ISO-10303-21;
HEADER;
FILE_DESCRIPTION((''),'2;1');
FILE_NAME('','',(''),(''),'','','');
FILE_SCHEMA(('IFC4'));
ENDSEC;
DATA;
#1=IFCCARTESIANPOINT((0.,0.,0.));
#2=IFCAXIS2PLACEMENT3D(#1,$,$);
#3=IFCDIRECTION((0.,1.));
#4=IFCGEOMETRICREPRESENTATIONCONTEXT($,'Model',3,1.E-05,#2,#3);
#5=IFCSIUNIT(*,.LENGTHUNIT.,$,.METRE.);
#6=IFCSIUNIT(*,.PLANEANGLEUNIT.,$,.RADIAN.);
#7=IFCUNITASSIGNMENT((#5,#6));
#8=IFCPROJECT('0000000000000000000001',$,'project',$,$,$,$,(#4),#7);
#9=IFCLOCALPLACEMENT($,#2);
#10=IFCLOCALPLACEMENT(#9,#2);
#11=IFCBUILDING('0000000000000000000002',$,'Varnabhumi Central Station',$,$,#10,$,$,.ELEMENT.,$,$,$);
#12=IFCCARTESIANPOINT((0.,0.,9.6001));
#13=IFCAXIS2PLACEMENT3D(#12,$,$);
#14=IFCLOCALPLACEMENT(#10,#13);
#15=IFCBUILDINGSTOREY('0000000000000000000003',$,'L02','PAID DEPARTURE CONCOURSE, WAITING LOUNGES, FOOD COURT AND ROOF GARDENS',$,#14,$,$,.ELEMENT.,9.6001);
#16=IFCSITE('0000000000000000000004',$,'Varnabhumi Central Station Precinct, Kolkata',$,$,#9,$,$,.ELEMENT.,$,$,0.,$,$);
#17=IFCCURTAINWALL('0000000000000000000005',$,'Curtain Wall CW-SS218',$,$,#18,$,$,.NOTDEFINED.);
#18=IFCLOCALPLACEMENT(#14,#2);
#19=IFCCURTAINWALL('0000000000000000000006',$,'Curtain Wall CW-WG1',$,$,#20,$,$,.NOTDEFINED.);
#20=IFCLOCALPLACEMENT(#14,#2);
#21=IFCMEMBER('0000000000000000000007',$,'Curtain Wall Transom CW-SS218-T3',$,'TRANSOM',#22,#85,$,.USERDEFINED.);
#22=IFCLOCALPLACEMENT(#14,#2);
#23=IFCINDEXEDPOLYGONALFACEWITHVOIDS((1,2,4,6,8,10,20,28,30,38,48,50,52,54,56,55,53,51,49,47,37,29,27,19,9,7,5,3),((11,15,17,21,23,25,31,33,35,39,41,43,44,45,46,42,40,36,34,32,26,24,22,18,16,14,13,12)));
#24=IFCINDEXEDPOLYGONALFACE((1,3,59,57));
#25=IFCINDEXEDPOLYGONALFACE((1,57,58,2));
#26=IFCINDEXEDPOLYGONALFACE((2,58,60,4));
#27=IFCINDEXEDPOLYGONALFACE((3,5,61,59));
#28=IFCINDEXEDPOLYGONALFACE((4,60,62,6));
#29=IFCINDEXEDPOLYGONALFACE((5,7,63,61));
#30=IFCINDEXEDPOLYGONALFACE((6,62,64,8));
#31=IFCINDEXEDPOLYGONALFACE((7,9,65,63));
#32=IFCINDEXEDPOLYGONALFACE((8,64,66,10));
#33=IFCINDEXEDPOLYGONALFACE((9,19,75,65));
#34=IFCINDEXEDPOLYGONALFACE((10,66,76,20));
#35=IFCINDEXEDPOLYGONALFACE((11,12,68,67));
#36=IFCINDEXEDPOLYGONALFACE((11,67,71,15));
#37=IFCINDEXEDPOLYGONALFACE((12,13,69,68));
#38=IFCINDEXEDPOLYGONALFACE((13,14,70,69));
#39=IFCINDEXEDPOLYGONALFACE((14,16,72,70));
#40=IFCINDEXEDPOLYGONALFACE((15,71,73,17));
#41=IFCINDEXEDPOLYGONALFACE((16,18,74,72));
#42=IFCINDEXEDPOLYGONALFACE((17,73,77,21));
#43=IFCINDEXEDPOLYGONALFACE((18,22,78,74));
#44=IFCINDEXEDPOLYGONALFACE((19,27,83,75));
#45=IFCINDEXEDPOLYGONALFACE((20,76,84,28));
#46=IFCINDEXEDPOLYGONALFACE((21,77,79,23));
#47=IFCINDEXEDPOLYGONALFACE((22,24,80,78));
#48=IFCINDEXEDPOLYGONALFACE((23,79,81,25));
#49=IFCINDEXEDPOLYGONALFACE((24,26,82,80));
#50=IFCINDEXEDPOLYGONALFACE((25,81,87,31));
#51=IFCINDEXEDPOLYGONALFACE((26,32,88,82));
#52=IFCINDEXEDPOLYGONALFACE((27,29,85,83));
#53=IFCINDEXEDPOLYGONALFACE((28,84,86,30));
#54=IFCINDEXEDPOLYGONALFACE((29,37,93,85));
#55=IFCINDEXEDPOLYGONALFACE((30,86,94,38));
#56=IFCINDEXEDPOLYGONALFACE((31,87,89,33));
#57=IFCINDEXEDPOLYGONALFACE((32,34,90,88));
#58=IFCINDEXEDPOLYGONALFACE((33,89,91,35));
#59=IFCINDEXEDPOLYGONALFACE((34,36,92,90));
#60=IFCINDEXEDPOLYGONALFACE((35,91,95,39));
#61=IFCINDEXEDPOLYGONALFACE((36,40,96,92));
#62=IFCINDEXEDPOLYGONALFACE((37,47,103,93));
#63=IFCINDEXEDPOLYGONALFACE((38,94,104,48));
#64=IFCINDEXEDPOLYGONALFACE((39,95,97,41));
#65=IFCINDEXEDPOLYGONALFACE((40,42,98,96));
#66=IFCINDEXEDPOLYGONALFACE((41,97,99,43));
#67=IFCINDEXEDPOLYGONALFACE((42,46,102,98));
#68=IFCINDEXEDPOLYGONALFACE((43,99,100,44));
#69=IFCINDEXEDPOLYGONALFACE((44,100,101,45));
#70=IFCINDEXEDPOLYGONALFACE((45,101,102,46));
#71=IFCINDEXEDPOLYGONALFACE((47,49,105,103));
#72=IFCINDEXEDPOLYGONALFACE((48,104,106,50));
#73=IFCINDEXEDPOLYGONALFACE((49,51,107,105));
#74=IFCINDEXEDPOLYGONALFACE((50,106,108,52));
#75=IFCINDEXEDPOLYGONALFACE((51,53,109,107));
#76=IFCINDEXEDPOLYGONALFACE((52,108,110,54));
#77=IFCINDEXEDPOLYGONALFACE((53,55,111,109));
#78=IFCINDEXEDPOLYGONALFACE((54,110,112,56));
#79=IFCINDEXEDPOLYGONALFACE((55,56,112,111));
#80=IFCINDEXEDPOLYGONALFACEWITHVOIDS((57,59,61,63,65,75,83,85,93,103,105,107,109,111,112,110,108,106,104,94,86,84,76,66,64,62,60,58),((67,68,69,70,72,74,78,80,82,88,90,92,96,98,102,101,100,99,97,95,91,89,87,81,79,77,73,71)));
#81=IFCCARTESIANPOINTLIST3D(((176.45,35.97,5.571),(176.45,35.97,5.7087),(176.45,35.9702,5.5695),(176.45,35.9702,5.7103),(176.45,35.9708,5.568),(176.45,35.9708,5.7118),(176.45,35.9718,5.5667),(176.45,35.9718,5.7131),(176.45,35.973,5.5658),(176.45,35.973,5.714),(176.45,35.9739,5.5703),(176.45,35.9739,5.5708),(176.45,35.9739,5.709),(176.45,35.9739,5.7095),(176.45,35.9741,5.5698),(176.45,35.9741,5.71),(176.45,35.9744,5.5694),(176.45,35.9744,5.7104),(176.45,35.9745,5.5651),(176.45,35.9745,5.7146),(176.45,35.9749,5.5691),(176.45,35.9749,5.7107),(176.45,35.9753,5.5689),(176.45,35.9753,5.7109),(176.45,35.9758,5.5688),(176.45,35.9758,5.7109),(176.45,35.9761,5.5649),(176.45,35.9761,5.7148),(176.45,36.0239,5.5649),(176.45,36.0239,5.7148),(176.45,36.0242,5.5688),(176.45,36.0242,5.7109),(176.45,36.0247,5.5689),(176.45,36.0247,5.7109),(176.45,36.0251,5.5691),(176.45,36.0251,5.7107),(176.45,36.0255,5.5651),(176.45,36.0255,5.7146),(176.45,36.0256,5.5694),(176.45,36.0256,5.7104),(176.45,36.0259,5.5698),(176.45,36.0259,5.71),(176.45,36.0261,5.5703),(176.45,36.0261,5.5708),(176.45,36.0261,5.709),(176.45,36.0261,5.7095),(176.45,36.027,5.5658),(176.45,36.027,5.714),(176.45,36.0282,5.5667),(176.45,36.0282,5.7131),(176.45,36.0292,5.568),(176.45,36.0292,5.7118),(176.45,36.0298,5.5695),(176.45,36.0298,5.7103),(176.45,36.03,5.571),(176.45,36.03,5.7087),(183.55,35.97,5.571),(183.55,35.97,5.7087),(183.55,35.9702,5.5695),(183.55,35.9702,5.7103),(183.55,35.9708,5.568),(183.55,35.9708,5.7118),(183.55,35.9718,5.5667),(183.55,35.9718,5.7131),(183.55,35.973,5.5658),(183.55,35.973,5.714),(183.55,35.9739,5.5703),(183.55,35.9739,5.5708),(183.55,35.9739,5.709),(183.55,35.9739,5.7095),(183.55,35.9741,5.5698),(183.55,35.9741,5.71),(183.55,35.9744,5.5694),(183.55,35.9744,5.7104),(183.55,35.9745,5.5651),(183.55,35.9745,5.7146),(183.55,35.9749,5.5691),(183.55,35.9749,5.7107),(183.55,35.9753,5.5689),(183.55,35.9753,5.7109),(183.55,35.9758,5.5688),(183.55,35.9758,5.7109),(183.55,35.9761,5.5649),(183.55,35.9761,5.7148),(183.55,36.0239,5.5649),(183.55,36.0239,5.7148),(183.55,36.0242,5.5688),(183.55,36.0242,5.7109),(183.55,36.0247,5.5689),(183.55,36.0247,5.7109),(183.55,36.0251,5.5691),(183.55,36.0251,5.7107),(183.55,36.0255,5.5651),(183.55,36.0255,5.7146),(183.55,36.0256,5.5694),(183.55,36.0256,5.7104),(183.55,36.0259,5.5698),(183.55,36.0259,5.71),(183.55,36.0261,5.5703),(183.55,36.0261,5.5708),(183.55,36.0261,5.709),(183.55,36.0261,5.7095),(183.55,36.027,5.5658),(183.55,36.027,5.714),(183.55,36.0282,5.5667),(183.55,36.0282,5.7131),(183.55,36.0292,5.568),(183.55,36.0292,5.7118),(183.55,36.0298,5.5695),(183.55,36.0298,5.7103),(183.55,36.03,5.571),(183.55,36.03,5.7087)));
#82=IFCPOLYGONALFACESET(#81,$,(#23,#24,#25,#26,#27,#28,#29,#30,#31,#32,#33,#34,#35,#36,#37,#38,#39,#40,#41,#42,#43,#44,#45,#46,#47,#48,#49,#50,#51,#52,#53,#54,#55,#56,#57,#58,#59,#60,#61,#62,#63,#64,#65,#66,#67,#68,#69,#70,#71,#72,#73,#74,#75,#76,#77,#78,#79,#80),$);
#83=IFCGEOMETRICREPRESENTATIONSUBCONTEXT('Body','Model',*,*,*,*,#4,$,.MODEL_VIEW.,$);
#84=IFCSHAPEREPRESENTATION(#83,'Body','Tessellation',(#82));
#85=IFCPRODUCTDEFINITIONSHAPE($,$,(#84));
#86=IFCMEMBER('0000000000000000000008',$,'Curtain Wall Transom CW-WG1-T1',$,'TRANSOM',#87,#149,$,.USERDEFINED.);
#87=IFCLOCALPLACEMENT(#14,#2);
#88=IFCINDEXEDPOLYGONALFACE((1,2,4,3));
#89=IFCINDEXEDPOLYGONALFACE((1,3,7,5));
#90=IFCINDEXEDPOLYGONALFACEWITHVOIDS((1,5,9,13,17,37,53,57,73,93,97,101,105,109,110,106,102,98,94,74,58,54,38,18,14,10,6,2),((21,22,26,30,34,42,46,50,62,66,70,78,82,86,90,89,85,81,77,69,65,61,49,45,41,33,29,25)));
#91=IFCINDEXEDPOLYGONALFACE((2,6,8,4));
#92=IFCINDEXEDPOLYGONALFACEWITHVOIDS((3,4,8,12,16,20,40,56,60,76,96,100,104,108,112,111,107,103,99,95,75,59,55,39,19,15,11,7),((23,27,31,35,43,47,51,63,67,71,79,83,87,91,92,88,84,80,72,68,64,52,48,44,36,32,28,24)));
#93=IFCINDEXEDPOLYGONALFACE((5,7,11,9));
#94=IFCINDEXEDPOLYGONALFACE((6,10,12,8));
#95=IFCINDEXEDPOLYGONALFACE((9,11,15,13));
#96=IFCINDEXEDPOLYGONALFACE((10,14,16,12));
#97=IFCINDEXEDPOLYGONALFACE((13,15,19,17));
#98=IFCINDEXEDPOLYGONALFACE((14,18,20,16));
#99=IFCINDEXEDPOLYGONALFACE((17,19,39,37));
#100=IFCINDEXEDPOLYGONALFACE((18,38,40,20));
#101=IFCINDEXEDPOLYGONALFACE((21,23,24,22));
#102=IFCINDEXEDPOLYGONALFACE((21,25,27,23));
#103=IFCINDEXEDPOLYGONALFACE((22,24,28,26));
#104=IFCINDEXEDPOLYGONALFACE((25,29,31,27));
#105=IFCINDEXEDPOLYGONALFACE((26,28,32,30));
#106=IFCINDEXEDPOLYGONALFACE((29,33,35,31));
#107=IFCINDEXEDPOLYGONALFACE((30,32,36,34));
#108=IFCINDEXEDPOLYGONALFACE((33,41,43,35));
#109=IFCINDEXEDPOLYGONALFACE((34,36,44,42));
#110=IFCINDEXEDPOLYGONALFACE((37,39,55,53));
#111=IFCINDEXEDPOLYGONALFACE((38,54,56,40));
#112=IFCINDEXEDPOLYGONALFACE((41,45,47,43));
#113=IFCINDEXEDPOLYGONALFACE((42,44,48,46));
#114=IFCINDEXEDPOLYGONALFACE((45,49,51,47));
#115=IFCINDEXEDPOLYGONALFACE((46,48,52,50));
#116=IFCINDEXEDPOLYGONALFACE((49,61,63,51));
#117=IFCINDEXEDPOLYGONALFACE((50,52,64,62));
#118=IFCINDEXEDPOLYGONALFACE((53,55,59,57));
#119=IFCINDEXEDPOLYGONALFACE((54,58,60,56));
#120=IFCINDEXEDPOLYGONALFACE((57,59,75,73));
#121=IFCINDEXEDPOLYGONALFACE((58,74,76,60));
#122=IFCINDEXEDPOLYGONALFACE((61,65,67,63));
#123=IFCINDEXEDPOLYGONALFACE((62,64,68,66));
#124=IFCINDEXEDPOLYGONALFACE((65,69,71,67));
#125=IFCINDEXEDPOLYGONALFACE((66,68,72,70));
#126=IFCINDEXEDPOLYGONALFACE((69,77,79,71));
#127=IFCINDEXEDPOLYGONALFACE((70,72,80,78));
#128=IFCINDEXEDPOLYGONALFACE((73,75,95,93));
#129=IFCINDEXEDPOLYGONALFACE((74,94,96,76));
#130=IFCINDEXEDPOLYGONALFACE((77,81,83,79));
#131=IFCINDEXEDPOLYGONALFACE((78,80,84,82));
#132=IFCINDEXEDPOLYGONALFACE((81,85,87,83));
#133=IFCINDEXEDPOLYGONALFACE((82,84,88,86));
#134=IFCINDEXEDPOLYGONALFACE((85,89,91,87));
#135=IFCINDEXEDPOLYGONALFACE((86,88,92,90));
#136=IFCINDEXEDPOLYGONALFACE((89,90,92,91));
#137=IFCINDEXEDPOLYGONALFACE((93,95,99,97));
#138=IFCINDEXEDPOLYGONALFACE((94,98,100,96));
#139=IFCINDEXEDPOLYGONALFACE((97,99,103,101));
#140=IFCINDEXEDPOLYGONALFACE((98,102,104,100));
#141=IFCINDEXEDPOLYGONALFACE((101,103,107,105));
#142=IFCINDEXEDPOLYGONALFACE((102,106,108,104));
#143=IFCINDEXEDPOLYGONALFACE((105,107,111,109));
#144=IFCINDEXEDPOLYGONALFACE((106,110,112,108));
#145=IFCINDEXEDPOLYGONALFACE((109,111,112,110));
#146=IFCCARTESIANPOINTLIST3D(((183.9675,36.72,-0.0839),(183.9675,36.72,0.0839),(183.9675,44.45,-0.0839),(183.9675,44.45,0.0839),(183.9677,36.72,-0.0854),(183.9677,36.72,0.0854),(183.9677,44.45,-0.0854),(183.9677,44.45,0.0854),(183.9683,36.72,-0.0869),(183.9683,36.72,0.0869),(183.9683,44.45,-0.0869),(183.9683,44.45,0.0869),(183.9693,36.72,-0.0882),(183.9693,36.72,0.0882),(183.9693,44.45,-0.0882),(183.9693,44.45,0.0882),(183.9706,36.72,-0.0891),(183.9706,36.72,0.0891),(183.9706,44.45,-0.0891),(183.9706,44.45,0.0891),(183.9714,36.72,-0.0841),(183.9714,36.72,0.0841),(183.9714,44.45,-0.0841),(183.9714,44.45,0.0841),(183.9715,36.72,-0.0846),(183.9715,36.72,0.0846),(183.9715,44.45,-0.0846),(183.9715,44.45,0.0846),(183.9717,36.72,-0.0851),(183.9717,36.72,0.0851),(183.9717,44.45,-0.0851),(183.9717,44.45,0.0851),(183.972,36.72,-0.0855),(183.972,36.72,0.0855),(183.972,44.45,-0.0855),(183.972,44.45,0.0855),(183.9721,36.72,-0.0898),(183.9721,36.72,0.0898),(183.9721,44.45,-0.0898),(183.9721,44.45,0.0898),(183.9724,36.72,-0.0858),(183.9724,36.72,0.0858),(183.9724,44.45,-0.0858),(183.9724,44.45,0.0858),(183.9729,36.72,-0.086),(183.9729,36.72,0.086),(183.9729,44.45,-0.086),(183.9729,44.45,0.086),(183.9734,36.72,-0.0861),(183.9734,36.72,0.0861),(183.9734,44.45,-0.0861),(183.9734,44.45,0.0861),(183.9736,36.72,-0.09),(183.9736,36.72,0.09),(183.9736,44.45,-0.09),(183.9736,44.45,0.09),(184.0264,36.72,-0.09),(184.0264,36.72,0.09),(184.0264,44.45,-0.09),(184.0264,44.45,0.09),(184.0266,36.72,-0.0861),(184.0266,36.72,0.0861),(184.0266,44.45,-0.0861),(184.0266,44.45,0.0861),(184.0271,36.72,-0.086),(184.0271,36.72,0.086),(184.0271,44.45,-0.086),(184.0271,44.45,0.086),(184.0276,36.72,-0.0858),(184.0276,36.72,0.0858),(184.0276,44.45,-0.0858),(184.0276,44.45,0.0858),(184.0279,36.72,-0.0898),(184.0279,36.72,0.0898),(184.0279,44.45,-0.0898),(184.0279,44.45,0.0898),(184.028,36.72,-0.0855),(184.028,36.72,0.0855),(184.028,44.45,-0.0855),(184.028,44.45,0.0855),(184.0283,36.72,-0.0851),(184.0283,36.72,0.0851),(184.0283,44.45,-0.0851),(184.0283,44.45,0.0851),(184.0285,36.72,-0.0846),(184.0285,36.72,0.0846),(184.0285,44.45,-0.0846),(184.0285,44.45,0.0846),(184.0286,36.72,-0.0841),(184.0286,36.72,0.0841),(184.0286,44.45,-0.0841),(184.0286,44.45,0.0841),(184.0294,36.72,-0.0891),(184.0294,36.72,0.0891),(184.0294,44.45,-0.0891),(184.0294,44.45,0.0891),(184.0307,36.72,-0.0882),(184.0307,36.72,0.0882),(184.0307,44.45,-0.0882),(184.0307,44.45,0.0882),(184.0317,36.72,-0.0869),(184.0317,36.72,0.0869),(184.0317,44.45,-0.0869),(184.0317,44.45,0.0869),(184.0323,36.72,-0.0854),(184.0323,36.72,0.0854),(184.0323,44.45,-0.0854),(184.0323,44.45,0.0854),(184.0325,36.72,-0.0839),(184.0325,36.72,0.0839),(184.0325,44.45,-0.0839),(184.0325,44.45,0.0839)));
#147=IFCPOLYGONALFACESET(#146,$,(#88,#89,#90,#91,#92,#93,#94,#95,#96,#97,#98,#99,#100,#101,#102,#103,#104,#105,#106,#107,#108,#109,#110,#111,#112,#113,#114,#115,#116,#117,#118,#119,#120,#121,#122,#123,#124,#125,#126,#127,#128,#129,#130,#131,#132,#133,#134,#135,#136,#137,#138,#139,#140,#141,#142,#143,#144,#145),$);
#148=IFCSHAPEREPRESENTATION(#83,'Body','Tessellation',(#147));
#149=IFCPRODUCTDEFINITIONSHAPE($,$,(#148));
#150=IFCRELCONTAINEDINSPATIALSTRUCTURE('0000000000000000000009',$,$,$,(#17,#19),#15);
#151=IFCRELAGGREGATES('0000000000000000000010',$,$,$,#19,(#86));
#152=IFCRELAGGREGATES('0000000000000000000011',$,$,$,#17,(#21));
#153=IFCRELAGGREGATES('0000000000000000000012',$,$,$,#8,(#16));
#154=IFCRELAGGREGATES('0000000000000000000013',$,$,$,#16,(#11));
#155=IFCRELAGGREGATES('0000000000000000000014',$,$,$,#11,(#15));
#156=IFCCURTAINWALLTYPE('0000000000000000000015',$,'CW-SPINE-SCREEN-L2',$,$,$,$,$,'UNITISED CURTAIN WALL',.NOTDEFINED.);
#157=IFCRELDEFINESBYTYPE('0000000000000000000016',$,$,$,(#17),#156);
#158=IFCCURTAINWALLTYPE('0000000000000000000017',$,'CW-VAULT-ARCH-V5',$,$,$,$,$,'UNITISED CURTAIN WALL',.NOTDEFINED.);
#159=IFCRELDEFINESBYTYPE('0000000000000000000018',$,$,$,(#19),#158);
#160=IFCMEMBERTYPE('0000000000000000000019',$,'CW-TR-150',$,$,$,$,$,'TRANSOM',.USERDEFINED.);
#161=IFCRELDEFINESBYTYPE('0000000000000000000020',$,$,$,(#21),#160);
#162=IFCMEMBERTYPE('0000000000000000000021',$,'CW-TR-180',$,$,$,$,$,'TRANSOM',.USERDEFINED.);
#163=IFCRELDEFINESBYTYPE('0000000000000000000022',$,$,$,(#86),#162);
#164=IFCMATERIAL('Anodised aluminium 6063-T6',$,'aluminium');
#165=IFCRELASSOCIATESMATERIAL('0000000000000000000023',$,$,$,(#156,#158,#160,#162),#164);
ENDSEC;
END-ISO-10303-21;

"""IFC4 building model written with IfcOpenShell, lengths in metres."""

from ifc_helpers import new_model, si_unit, direction, frame, origin, origin_2d, place, context, subcontext, project, spatial, hollow_rectangle, extrude, material, material_profile, profile_set, type_object, element, aggregate, save


model = new_model("IFC4")

# Units and contexts
model_context = context("Model", 3, precision=1e-05, world=origin(), true_north=direction((0.0, 1.0)))
body_context = subcontext(model_context, "Body", "Model", "MODEL_VIEW")
ifc_project = project(units=[si_unit("LENGTHUNIT", "METRE"), si_unit("PLANEANGLEUNIT", "RADIAN")], contexts=[model_context])

# Site, building, storey
site_placement = place(None, origin())
site = spatial("IfcSite", under=ifc_project, at=site_placement, Name="Varnabhumi Central Station Precinct, Kolkata", CompositionType="ELEMENT", RefElevation=0.0)
building_placement = place(site_placement, origin())
building = spatial("IfcBuilding", under=site, at=building_placement, Name="Varnabhumi Central Station", CompositionType="ELEMENT")
storey_placement = place(building_placement, frame((0.0, 0.0, 9.6001)))
storey = spatial("IfcBuildingStorey", under=building, at=storey_placement, Name="L02", Description="PAID DEPARTURE CONCOURSE, WAITING LOUNGES, FOOD COURT AND ROOF GARDENS", CompositionType="ELEMENT", Elevation=9.6001)

# Curtain wall
ifc_material_1 = material(Name="Anodised aluminium 6063-T6", Category="aluminium")
curtain_wall_type_1 = type_object("IfcCurtainWallType", Name="CW-SPINE-SCREEN-L2", ElementType="UNITISED CURTAIN WALL", PredefinedType="NOTDEFINED", material=ifc_material_1)
curtain_wall_1_placement = place(storey_placement, origin())
curtain_wall_1 = element("IfcCurtainWall", 1, at=curtain_wall_1_placement, inside=storey, type_object=curtain_wall_type_1, Name="Curtain Wall CW-SS218", PredefinedType="NOTDEFINED")

# Curtain wall
curtain_wall_type_2 = type_object("IfcCurtainWallType", Name="CW-VAULT-ARCH-V5", ElementType="UNITISED CURTAIN WALL", PredefinedType="NOTDEFINED", material=ifc_material_1)
curtain_wall_2_placement = place(storey_placement, origin())
curtain_wall_2 = element("IfcCurtainWall", 2, at=curtain_wall_2_placement, inside=storey, type_object=curtain_wall_type_2, Name="Curtain Wall CW-WG1", PredefinedType="NOTDEFINED")

# Members
ifc_material_profile_1 = material_profile(ifc_material_1, hollow_rectangle(XDim=0.0601, YDim=0.1499, WallThickness=0.0039, InnerFilletRadius=0.002, OuterFilletRadius=0.0061, at=origin_2d()), Name="Anodised aluminium 6063-T6", Category="aluminium")
ifc_profile_set_1 = profile_set([ifc_material_profile_1], Name="Anodised aluminium 6063-T6")
member_type_1 = type_object("IfcMemberType", Name="CW-TR-150", ElementType="TRANSOM", PredefinedType="USERDEFINED", material=ifc_profile_set_1)
member_1_placement = place(storey_placement, frame((176.45, 36.0, 5.6399), z_axis=(1.0, 0.0, 0.0), x_axis=(0.0, 1.0, 0.0)))
member_1 = element("IfcMember", 3, at=member_1_placement, type_object=member_type_1, Name="Curtain Wall Transom CW-SS218-T3", ObjectType="TRANSOM", PredefinedType="USERDEFINED", context=body_context, shape_type="SweptSolid", body=[
    extrude(hollow_rectangle(XDim=0.0601, YDim=0.1499, WallThickness=0.0039, InnerFilletRadius=0.002, OuterFilletRadius=0.0061, at=origin_2d()), origin(), (0.0, 0.0, 1.0), 7.1001),
])
ifc_material_profile_2 = material_profile(ifc_material_1, hollow_rectangle(XDim=0.0649, YDim=0.1799, WallThickness=0.0039, InnerFilletRadius=0.002, OuterFilletRadius=0.0061, at=origin_2d()), Name="Anodised aluminium 6063-T6", Category="aluminium")
ifc_profile_set_2 = profile_set([ifc_material_profile_2], Name="Anodised aluminium 6063-T6")
member_type_2 = type_object("IfcMemberType", Name="CW-TR-180", ElementType="TRANSOM", PredefinedType="USERDEFINED", material=ifc_profile_set_2)
member_2_placement = place(storey_placement, frame((184.0, 36.72, 0.0), z_axis=(0.0, 1.0, 0.0), x_axis=(-1.0, 0.0, 0.0)))
member_2 = element("IfcMember", 4, at=member_2_placement, type_object=member_type_2, Name="Curtain Wall Transom CW-WG1-T1", ObjectType="TRANSOM", PredefinedType="USERDEFINED", context=body_context, shape_type="SweptSolid", body=[
    extrude(hollow_rectangle(XDim=0.0649, YDim=0.1799, WallThickness=0.0039, InnerFilletRadius=0.002, OuterFilletRadius=0.0061, at=origin_2d()), origin(), (0.0, 0.0, 1.0), 7.73),
])
aggregate(curtain_wall_2, [member_2])

aggregate(curtain_wall_1, [member_1])

save(model, "model.ifc")
